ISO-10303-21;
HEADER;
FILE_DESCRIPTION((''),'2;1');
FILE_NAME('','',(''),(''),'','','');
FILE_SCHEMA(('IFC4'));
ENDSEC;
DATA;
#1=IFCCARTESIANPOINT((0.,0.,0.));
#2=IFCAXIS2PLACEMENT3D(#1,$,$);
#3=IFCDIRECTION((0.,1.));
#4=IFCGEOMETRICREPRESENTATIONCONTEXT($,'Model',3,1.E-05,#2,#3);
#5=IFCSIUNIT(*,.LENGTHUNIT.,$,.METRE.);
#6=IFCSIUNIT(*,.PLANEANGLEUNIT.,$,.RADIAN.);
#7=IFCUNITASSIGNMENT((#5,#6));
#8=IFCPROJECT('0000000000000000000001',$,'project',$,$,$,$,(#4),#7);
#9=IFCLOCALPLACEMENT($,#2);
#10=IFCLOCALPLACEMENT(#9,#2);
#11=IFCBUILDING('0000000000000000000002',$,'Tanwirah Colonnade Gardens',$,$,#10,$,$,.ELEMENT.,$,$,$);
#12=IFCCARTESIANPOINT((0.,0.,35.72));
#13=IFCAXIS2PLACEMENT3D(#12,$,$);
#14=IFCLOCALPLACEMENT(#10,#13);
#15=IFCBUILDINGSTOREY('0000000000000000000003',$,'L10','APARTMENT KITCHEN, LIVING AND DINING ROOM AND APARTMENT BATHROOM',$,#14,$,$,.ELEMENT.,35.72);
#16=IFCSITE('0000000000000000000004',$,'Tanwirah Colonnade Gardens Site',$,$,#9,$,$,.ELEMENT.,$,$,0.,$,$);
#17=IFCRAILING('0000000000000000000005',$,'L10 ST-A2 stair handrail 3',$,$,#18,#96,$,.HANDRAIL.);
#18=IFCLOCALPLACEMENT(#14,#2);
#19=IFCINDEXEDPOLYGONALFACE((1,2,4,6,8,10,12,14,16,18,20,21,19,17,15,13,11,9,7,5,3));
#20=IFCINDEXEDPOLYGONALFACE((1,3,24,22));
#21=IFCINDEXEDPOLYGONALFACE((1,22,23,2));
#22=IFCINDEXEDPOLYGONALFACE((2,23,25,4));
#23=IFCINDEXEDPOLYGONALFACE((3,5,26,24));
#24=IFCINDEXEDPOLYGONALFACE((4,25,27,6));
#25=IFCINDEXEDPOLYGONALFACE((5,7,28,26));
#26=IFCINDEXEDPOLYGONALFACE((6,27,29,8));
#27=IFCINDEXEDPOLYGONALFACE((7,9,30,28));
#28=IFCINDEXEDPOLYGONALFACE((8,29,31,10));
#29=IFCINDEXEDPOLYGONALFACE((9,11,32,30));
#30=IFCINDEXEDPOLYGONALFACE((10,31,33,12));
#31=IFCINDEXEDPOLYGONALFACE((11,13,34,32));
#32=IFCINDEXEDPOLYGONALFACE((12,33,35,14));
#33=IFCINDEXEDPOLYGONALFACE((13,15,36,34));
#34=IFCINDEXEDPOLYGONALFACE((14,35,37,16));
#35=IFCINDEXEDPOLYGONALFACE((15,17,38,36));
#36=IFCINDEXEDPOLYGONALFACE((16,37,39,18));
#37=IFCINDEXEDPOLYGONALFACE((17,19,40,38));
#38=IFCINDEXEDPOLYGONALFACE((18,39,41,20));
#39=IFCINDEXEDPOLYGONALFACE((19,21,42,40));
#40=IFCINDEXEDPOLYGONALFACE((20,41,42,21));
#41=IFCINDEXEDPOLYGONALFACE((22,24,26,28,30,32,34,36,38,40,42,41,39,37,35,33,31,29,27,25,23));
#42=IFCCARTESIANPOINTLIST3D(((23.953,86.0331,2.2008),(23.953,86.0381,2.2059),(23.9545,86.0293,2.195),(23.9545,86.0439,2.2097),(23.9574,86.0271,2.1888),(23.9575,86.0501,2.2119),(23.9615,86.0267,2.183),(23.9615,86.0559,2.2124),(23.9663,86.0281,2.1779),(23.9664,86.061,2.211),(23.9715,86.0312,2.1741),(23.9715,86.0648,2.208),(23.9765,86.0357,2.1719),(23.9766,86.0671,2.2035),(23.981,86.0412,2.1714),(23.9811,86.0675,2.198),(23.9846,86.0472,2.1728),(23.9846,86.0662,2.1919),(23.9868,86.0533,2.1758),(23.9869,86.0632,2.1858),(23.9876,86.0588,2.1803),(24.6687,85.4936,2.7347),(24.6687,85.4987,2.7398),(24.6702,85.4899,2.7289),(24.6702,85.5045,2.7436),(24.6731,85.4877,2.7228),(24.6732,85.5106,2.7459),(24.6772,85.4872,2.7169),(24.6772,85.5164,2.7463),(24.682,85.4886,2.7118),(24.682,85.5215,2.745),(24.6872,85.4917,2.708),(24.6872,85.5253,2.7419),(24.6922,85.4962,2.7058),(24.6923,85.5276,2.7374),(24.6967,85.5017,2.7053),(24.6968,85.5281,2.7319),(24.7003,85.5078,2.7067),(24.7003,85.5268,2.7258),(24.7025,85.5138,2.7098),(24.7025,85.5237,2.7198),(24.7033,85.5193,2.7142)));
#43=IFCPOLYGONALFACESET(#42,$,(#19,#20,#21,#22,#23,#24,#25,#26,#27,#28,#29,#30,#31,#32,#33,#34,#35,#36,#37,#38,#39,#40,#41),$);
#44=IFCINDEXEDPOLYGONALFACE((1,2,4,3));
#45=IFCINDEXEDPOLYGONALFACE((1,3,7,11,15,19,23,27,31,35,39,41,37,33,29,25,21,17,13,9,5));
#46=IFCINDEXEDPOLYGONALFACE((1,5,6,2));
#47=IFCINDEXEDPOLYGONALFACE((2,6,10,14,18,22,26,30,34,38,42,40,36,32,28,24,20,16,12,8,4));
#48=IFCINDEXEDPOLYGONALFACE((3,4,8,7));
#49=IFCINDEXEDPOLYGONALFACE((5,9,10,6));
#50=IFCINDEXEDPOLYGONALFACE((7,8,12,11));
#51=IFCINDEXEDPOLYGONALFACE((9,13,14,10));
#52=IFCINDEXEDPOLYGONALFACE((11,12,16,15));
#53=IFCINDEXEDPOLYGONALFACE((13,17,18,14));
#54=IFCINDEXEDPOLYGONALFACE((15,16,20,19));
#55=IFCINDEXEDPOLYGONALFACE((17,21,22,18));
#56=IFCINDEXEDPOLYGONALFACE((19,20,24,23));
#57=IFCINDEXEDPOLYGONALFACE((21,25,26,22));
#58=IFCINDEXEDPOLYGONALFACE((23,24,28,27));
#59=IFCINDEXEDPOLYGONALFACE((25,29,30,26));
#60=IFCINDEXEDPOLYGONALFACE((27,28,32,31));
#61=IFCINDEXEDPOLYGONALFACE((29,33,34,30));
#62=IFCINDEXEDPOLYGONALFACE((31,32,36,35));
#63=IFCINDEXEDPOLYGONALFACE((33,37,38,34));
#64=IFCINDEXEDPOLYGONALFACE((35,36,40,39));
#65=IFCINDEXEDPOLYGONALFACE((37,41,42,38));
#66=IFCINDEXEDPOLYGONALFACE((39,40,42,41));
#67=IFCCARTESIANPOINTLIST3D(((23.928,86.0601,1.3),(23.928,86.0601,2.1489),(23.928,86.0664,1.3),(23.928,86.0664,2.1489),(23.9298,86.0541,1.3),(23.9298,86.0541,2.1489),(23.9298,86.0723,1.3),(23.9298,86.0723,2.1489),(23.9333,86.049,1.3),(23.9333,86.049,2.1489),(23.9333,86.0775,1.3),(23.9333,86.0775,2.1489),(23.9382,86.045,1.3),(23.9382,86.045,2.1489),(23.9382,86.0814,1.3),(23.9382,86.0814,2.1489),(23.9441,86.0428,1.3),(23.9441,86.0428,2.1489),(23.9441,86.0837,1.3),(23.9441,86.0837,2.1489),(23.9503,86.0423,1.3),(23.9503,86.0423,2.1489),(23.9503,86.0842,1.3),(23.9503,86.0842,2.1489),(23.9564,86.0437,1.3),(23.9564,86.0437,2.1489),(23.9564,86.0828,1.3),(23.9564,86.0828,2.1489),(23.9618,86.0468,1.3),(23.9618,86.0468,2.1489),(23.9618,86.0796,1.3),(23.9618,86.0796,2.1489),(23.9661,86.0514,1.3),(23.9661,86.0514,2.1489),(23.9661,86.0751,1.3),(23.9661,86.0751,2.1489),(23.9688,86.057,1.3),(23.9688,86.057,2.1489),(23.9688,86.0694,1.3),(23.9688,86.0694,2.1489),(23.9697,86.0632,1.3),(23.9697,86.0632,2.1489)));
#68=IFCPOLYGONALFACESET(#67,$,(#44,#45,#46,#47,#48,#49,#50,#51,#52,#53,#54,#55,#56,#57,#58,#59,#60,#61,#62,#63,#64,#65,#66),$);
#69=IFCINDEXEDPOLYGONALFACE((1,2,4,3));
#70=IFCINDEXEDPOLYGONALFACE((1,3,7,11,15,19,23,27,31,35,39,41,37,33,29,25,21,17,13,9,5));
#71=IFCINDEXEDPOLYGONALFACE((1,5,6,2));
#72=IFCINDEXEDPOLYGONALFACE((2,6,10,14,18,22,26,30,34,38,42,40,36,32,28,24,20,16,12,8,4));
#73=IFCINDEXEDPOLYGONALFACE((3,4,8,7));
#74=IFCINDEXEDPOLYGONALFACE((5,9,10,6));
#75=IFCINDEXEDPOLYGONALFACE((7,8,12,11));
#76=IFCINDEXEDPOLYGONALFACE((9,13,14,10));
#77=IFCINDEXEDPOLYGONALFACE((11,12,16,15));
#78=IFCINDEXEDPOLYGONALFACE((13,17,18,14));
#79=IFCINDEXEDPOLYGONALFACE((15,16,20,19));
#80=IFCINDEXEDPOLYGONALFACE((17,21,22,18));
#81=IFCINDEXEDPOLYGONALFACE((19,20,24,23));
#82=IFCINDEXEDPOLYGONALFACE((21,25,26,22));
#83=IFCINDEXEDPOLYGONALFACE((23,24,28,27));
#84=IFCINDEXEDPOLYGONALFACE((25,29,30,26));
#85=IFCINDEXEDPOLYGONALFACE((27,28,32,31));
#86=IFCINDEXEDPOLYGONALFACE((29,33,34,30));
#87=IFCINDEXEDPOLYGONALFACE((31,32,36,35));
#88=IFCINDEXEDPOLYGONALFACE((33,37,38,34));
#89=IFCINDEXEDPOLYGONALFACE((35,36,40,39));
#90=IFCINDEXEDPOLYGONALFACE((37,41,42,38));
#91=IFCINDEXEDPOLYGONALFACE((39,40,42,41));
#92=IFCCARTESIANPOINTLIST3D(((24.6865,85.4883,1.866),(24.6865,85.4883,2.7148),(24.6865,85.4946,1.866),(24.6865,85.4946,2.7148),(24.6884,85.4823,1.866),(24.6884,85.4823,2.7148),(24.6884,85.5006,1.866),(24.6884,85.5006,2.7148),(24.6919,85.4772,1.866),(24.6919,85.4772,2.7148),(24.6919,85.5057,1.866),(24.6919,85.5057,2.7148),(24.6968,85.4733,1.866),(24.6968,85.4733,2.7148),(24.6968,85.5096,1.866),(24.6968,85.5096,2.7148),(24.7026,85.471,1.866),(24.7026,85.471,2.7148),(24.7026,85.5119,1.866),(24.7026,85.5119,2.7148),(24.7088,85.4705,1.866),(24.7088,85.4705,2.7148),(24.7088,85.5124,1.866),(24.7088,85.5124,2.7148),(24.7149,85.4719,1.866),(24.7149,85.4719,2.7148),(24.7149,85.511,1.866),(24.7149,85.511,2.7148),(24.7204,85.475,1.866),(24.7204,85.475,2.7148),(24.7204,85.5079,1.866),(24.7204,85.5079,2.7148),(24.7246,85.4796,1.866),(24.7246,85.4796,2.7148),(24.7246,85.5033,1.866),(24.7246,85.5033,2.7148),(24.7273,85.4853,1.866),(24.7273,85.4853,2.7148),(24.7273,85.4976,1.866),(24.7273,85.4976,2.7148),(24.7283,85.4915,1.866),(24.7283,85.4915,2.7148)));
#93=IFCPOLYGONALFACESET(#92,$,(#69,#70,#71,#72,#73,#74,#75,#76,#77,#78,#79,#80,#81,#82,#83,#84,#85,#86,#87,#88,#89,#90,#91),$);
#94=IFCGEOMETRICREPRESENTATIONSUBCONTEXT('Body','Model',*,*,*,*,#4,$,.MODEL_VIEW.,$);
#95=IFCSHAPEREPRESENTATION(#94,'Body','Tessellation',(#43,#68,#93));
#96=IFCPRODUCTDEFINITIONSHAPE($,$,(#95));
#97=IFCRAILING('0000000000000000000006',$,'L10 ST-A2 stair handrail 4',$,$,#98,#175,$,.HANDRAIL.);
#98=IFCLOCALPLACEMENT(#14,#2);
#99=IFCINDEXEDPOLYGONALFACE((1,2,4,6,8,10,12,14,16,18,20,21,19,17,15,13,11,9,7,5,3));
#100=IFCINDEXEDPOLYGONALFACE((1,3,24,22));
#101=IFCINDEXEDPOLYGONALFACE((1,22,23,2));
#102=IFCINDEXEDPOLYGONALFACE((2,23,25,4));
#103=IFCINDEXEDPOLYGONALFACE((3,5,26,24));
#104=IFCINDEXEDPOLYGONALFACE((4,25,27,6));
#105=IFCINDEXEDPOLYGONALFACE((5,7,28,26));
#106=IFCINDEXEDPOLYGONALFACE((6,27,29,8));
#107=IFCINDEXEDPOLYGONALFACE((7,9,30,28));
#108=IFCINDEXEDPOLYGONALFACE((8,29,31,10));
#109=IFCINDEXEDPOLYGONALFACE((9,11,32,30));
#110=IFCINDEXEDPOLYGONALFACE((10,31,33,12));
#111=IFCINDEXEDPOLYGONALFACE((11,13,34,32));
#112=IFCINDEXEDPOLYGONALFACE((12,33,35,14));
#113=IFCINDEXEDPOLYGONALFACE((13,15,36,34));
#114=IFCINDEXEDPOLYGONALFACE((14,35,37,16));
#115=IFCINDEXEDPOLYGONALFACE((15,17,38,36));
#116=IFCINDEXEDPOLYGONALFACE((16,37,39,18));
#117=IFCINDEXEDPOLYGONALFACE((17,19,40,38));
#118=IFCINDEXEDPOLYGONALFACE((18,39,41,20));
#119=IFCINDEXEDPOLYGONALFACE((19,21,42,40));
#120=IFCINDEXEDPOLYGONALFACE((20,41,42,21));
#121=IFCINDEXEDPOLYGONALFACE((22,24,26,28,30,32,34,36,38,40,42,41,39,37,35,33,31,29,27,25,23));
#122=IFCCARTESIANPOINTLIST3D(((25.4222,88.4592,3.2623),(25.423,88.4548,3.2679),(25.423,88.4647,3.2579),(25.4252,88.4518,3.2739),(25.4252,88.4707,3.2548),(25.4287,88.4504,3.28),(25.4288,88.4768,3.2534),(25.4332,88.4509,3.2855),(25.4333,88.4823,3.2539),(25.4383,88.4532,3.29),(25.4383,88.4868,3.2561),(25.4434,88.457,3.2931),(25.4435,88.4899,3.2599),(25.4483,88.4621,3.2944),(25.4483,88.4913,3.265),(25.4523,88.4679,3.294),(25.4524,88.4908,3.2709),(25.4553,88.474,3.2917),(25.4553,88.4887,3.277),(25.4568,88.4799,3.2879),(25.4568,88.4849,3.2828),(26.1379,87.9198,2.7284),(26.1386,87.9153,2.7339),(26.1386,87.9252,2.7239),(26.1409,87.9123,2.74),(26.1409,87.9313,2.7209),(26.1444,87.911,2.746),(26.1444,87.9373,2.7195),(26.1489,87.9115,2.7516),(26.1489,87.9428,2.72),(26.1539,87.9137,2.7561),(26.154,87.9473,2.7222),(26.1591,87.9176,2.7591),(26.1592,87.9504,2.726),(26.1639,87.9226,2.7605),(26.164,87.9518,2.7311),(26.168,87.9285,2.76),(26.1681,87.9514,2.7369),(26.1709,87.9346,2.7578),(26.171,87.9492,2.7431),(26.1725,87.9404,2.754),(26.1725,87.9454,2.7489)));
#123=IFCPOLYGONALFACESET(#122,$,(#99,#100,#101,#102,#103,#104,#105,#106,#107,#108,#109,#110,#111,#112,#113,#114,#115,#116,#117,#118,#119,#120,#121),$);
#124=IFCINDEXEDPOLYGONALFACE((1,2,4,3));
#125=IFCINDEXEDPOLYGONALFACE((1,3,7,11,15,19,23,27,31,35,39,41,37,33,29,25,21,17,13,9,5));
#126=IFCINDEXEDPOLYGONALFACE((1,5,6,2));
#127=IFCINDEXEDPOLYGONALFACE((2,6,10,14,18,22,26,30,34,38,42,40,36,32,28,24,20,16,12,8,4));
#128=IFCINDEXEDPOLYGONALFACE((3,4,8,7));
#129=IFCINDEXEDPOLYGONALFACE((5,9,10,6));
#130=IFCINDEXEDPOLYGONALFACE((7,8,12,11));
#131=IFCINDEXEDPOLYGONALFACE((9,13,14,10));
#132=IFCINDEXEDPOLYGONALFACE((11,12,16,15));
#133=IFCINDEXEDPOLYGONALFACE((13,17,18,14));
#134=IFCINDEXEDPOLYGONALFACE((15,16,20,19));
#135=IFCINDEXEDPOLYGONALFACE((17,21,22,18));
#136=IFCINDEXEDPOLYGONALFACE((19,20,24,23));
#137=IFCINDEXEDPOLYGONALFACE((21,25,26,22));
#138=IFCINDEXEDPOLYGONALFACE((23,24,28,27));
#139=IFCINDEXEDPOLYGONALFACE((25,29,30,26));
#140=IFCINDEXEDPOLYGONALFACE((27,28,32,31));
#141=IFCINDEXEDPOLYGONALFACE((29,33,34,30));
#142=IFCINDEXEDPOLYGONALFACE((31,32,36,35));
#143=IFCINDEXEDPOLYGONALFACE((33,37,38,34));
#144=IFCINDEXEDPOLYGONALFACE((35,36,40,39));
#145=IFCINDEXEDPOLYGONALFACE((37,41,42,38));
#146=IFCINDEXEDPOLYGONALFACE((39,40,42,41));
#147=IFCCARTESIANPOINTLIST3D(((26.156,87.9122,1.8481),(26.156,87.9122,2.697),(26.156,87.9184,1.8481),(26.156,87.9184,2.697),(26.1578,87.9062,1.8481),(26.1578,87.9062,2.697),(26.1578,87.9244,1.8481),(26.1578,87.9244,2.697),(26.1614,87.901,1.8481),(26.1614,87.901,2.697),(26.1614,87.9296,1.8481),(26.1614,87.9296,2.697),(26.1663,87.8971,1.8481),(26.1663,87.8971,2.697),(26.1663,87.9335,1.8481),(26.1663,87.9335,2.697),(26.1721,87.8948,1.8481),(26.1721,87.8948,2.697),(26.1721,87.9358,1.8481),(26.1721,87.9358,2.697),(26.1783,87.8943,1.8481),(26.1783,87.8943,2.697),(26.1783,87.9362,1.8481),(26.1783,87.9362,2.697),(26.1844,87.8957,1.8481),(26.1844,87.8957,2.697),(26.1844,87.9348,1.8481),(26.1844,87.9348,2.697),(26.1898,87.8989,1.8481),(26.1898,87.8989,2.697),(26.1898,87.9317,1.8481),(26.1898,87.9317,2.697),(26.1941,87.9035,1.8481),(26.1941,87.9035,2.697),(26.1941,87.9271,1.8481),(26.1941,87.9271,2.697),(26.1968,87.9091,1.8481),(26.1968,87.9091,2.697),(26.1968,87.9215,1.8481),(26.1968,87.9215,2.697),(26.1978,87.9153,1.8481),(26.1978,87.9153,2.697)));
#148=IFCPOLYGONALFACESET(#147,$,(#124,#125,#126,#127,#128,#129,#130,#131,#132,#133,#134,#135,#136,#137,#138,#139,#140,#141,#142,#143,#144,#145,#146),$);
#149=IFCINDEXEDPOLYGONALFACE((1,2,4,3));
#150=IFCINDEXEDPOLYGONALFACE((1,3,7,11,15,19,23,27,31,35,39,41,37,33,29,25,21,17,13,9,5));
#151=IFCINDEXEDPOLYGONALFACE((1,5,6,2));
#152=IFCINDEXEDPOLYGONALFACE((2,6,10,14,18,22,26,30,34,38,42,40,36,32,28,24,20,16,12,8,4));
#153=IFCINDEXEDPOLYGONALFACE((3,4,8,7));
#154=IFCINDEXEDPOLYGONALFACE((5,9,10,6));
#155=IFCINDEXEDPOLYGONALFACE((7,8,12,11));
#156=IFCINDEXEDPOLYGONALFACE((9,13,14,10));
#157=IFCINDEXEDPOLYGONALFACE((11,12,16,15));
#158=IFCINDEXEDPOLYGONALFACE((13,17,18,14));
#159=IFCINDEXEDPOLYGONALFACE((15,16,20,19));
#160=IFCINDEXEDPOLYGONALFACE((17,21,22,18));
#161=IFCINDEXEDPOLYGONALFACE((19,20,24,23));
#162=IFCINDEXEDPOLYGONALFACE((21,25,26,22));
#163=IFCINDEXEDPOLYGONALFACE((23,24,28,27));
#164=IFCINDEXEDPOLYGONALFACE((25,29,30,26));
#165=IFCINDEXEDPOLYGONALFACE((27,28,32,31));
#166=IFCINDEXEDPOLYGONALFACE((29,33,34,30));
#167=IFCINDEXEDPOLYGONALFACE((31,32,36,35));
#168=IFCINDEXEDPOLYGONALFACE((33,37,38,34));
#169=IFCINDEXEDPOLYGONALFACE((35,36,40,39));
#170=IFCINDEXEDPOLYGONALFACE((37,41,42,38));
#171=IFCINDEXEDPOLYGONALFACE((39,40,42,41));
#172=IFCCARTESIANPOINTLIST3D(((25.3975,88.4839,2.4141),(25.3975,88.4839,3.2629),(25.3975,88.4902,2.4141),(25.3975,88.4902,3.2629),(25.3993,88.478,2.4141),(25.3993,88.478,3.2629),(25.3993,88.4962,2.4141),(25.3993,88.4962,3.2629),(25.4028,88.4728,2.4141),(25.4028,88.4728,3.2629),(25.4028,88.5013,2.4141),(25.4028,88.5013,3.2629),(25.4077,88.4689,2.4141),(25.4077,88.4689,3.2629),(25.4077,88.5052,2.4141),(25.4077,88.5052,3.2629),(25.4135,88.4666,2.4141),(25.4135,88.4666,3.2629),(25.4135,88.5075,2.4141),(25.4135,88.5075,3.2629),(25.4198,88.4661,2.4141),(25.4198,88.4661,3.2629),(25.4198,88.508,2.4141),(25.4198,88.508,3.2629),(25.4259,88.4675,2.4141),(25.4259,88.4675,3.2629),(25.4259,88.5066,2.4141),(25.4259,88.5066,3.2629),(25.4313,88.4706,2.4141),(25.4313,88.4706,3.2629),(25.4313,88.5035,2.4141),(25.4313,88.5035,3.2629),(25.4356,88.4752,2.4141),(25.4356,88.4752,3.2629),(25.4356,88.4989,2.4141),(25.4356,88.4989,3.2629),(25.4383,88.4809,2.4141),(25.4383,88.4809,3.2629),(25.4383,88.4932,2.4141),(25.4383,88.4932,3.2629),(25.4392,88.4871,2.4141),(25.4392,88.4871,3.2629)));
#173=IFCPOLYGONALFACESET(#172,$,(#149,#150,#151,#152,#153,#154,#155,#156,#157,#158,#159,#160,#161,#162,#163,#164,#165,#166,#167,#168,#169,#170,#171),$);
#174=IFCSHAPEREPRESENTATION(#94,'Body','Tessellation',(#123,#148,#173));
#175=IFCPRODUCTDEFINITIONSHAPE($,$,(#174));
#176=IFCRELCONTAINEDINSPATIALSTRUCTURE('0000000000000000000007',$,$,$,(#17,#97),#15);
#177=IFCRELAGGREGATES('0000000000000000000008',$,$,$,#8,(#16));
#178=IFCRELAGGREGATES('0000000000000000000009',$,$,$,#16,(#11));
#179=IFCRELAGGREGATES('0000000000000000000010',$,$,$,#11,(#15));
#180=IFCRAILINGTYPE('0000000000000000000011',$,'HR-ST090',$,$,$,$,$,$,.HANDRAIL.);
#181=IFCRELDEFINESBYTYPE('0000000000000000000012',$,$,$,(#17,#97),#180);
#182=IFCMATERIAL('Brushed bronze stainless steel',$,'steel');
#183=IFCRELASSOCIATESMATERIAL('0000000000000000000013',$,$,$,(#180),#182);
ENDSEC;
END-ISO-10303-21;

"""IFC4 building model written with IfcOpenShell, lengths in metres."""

from ifc_helpers import new_model, si_unit, direction, frame, origin, origin_2d, place, context, subcontext, project, spatial, circle, extrude, material, type_object, element, save


model = new_model("IFC4")

# Units and contexts
model_context = context("Model", 3, precision=1e-05, world=origin(), true_north=direction((0.0, 1.0)))
body_context = subcontext(model_context, "Body", "Model", "MODEL_VIEW")
ifc_project = project(units=[si_unit("LENGTHUNIT", "METRE"), si_unit("PLANEANGLEUNIT", "RADIAN")], contexts=[model_context])

# Site, building, storey
site_placement = place(None, origin())
site = spatial("IfcSite", under=ifc_project, at=site_placement, Name="Tanwirah Colonnade Gardens Site", CompositionType="ELEMENT", RefElevation=0.0)
building_placement = place(site_placement, origin())
building = spatial("IfcBuilding", under=site, at=building_placement, Name="Tanwirah Colonnade Gardens", CompositionType="ELEMENT")
storey_placement = place(building_placement, frame((0.0, 0.0, 35.72)))
storey = spatial("IfcBuildingStorey", under=building, at=storey_placement, Name="L10", Description="APARTMENT KITCHEN, LIVING AND DINING ROOM AND APARTMENT BATHROOM", CompositionType="ELEMENT", Elevation=35.72)

# Railings
ifc_material_1 = material(Name="Brushed bronze stainless steel", Category="steel")
railing_type_1 = type_object("IfcRailingType", Name="HR-ST090", PredefinedType="HANDRAIL", material=ifc_material_1)
railing_1_placement = place(storey_placement, frame((23.9487, 86.0632, 1.3)))
element("IfcRailing", 1, at=railing_1_placement, inside=storey, type_object=railing_type_1, Name="L10 ST-A2 stair handrail 3", PredefinedType="HANDRAIL", context=body_context, shape_type="SweptSolid", body=[
    extrude(circle(Radius=0.0239, at=origin_2d()), frame((0.0215, -0.0161, 0.8918), z_axis=(0.686028, -0.517116, 0.511817), x_axis=(0.601931, 0.798548, 0.0)), (0.0, 0.0, 1.0), 1.0432),
    extrude(circle(Radius=0.021, at=origin_2d()), origin(), (0.0, 0.0, 1.0), 0.8489),
    extrude(circle(Radius=0.021, at=origin_2d()), frame((0.7585, -0.5718, 0.5659)), (0.0, 0.0, 1.0), 0.8489),
])
railing_2_placement = place(storey_placement, frame((26.1768, 87.9153, 1.8481)))
element("IfcRailing", 2, at=railing_2_placement, inside=storey, type_object=railing_type_1, Name="L10 ST-A2 stair handrail 4", PredefinedType="HANDRAIL", context=body_context, shape_type="SweptSolid", body=[
    extrude(circle(Radius=0.0239, at=origin_2d()), frame((-0.0215, 0.0161, 0.8918), z_axis=(-0.686028, 0.517116, 0.511817), x_axis=(-0.601931, -0.798548, 0.0)), (0.0, 0.0, 1.0), 1.0432),
    extrude(circle(Radius=0.021, at=origin_2d()), origin(), (0.0, 0.0, 1.0), 0.8489),
    extrude(circle(Radius=0.021, at=origin_2d()), frame((-0.7585, 0.5718, 0.5659)), (0.0, 0.0, 1.0), 0.8489),
])

save(model, "model.ifc")
